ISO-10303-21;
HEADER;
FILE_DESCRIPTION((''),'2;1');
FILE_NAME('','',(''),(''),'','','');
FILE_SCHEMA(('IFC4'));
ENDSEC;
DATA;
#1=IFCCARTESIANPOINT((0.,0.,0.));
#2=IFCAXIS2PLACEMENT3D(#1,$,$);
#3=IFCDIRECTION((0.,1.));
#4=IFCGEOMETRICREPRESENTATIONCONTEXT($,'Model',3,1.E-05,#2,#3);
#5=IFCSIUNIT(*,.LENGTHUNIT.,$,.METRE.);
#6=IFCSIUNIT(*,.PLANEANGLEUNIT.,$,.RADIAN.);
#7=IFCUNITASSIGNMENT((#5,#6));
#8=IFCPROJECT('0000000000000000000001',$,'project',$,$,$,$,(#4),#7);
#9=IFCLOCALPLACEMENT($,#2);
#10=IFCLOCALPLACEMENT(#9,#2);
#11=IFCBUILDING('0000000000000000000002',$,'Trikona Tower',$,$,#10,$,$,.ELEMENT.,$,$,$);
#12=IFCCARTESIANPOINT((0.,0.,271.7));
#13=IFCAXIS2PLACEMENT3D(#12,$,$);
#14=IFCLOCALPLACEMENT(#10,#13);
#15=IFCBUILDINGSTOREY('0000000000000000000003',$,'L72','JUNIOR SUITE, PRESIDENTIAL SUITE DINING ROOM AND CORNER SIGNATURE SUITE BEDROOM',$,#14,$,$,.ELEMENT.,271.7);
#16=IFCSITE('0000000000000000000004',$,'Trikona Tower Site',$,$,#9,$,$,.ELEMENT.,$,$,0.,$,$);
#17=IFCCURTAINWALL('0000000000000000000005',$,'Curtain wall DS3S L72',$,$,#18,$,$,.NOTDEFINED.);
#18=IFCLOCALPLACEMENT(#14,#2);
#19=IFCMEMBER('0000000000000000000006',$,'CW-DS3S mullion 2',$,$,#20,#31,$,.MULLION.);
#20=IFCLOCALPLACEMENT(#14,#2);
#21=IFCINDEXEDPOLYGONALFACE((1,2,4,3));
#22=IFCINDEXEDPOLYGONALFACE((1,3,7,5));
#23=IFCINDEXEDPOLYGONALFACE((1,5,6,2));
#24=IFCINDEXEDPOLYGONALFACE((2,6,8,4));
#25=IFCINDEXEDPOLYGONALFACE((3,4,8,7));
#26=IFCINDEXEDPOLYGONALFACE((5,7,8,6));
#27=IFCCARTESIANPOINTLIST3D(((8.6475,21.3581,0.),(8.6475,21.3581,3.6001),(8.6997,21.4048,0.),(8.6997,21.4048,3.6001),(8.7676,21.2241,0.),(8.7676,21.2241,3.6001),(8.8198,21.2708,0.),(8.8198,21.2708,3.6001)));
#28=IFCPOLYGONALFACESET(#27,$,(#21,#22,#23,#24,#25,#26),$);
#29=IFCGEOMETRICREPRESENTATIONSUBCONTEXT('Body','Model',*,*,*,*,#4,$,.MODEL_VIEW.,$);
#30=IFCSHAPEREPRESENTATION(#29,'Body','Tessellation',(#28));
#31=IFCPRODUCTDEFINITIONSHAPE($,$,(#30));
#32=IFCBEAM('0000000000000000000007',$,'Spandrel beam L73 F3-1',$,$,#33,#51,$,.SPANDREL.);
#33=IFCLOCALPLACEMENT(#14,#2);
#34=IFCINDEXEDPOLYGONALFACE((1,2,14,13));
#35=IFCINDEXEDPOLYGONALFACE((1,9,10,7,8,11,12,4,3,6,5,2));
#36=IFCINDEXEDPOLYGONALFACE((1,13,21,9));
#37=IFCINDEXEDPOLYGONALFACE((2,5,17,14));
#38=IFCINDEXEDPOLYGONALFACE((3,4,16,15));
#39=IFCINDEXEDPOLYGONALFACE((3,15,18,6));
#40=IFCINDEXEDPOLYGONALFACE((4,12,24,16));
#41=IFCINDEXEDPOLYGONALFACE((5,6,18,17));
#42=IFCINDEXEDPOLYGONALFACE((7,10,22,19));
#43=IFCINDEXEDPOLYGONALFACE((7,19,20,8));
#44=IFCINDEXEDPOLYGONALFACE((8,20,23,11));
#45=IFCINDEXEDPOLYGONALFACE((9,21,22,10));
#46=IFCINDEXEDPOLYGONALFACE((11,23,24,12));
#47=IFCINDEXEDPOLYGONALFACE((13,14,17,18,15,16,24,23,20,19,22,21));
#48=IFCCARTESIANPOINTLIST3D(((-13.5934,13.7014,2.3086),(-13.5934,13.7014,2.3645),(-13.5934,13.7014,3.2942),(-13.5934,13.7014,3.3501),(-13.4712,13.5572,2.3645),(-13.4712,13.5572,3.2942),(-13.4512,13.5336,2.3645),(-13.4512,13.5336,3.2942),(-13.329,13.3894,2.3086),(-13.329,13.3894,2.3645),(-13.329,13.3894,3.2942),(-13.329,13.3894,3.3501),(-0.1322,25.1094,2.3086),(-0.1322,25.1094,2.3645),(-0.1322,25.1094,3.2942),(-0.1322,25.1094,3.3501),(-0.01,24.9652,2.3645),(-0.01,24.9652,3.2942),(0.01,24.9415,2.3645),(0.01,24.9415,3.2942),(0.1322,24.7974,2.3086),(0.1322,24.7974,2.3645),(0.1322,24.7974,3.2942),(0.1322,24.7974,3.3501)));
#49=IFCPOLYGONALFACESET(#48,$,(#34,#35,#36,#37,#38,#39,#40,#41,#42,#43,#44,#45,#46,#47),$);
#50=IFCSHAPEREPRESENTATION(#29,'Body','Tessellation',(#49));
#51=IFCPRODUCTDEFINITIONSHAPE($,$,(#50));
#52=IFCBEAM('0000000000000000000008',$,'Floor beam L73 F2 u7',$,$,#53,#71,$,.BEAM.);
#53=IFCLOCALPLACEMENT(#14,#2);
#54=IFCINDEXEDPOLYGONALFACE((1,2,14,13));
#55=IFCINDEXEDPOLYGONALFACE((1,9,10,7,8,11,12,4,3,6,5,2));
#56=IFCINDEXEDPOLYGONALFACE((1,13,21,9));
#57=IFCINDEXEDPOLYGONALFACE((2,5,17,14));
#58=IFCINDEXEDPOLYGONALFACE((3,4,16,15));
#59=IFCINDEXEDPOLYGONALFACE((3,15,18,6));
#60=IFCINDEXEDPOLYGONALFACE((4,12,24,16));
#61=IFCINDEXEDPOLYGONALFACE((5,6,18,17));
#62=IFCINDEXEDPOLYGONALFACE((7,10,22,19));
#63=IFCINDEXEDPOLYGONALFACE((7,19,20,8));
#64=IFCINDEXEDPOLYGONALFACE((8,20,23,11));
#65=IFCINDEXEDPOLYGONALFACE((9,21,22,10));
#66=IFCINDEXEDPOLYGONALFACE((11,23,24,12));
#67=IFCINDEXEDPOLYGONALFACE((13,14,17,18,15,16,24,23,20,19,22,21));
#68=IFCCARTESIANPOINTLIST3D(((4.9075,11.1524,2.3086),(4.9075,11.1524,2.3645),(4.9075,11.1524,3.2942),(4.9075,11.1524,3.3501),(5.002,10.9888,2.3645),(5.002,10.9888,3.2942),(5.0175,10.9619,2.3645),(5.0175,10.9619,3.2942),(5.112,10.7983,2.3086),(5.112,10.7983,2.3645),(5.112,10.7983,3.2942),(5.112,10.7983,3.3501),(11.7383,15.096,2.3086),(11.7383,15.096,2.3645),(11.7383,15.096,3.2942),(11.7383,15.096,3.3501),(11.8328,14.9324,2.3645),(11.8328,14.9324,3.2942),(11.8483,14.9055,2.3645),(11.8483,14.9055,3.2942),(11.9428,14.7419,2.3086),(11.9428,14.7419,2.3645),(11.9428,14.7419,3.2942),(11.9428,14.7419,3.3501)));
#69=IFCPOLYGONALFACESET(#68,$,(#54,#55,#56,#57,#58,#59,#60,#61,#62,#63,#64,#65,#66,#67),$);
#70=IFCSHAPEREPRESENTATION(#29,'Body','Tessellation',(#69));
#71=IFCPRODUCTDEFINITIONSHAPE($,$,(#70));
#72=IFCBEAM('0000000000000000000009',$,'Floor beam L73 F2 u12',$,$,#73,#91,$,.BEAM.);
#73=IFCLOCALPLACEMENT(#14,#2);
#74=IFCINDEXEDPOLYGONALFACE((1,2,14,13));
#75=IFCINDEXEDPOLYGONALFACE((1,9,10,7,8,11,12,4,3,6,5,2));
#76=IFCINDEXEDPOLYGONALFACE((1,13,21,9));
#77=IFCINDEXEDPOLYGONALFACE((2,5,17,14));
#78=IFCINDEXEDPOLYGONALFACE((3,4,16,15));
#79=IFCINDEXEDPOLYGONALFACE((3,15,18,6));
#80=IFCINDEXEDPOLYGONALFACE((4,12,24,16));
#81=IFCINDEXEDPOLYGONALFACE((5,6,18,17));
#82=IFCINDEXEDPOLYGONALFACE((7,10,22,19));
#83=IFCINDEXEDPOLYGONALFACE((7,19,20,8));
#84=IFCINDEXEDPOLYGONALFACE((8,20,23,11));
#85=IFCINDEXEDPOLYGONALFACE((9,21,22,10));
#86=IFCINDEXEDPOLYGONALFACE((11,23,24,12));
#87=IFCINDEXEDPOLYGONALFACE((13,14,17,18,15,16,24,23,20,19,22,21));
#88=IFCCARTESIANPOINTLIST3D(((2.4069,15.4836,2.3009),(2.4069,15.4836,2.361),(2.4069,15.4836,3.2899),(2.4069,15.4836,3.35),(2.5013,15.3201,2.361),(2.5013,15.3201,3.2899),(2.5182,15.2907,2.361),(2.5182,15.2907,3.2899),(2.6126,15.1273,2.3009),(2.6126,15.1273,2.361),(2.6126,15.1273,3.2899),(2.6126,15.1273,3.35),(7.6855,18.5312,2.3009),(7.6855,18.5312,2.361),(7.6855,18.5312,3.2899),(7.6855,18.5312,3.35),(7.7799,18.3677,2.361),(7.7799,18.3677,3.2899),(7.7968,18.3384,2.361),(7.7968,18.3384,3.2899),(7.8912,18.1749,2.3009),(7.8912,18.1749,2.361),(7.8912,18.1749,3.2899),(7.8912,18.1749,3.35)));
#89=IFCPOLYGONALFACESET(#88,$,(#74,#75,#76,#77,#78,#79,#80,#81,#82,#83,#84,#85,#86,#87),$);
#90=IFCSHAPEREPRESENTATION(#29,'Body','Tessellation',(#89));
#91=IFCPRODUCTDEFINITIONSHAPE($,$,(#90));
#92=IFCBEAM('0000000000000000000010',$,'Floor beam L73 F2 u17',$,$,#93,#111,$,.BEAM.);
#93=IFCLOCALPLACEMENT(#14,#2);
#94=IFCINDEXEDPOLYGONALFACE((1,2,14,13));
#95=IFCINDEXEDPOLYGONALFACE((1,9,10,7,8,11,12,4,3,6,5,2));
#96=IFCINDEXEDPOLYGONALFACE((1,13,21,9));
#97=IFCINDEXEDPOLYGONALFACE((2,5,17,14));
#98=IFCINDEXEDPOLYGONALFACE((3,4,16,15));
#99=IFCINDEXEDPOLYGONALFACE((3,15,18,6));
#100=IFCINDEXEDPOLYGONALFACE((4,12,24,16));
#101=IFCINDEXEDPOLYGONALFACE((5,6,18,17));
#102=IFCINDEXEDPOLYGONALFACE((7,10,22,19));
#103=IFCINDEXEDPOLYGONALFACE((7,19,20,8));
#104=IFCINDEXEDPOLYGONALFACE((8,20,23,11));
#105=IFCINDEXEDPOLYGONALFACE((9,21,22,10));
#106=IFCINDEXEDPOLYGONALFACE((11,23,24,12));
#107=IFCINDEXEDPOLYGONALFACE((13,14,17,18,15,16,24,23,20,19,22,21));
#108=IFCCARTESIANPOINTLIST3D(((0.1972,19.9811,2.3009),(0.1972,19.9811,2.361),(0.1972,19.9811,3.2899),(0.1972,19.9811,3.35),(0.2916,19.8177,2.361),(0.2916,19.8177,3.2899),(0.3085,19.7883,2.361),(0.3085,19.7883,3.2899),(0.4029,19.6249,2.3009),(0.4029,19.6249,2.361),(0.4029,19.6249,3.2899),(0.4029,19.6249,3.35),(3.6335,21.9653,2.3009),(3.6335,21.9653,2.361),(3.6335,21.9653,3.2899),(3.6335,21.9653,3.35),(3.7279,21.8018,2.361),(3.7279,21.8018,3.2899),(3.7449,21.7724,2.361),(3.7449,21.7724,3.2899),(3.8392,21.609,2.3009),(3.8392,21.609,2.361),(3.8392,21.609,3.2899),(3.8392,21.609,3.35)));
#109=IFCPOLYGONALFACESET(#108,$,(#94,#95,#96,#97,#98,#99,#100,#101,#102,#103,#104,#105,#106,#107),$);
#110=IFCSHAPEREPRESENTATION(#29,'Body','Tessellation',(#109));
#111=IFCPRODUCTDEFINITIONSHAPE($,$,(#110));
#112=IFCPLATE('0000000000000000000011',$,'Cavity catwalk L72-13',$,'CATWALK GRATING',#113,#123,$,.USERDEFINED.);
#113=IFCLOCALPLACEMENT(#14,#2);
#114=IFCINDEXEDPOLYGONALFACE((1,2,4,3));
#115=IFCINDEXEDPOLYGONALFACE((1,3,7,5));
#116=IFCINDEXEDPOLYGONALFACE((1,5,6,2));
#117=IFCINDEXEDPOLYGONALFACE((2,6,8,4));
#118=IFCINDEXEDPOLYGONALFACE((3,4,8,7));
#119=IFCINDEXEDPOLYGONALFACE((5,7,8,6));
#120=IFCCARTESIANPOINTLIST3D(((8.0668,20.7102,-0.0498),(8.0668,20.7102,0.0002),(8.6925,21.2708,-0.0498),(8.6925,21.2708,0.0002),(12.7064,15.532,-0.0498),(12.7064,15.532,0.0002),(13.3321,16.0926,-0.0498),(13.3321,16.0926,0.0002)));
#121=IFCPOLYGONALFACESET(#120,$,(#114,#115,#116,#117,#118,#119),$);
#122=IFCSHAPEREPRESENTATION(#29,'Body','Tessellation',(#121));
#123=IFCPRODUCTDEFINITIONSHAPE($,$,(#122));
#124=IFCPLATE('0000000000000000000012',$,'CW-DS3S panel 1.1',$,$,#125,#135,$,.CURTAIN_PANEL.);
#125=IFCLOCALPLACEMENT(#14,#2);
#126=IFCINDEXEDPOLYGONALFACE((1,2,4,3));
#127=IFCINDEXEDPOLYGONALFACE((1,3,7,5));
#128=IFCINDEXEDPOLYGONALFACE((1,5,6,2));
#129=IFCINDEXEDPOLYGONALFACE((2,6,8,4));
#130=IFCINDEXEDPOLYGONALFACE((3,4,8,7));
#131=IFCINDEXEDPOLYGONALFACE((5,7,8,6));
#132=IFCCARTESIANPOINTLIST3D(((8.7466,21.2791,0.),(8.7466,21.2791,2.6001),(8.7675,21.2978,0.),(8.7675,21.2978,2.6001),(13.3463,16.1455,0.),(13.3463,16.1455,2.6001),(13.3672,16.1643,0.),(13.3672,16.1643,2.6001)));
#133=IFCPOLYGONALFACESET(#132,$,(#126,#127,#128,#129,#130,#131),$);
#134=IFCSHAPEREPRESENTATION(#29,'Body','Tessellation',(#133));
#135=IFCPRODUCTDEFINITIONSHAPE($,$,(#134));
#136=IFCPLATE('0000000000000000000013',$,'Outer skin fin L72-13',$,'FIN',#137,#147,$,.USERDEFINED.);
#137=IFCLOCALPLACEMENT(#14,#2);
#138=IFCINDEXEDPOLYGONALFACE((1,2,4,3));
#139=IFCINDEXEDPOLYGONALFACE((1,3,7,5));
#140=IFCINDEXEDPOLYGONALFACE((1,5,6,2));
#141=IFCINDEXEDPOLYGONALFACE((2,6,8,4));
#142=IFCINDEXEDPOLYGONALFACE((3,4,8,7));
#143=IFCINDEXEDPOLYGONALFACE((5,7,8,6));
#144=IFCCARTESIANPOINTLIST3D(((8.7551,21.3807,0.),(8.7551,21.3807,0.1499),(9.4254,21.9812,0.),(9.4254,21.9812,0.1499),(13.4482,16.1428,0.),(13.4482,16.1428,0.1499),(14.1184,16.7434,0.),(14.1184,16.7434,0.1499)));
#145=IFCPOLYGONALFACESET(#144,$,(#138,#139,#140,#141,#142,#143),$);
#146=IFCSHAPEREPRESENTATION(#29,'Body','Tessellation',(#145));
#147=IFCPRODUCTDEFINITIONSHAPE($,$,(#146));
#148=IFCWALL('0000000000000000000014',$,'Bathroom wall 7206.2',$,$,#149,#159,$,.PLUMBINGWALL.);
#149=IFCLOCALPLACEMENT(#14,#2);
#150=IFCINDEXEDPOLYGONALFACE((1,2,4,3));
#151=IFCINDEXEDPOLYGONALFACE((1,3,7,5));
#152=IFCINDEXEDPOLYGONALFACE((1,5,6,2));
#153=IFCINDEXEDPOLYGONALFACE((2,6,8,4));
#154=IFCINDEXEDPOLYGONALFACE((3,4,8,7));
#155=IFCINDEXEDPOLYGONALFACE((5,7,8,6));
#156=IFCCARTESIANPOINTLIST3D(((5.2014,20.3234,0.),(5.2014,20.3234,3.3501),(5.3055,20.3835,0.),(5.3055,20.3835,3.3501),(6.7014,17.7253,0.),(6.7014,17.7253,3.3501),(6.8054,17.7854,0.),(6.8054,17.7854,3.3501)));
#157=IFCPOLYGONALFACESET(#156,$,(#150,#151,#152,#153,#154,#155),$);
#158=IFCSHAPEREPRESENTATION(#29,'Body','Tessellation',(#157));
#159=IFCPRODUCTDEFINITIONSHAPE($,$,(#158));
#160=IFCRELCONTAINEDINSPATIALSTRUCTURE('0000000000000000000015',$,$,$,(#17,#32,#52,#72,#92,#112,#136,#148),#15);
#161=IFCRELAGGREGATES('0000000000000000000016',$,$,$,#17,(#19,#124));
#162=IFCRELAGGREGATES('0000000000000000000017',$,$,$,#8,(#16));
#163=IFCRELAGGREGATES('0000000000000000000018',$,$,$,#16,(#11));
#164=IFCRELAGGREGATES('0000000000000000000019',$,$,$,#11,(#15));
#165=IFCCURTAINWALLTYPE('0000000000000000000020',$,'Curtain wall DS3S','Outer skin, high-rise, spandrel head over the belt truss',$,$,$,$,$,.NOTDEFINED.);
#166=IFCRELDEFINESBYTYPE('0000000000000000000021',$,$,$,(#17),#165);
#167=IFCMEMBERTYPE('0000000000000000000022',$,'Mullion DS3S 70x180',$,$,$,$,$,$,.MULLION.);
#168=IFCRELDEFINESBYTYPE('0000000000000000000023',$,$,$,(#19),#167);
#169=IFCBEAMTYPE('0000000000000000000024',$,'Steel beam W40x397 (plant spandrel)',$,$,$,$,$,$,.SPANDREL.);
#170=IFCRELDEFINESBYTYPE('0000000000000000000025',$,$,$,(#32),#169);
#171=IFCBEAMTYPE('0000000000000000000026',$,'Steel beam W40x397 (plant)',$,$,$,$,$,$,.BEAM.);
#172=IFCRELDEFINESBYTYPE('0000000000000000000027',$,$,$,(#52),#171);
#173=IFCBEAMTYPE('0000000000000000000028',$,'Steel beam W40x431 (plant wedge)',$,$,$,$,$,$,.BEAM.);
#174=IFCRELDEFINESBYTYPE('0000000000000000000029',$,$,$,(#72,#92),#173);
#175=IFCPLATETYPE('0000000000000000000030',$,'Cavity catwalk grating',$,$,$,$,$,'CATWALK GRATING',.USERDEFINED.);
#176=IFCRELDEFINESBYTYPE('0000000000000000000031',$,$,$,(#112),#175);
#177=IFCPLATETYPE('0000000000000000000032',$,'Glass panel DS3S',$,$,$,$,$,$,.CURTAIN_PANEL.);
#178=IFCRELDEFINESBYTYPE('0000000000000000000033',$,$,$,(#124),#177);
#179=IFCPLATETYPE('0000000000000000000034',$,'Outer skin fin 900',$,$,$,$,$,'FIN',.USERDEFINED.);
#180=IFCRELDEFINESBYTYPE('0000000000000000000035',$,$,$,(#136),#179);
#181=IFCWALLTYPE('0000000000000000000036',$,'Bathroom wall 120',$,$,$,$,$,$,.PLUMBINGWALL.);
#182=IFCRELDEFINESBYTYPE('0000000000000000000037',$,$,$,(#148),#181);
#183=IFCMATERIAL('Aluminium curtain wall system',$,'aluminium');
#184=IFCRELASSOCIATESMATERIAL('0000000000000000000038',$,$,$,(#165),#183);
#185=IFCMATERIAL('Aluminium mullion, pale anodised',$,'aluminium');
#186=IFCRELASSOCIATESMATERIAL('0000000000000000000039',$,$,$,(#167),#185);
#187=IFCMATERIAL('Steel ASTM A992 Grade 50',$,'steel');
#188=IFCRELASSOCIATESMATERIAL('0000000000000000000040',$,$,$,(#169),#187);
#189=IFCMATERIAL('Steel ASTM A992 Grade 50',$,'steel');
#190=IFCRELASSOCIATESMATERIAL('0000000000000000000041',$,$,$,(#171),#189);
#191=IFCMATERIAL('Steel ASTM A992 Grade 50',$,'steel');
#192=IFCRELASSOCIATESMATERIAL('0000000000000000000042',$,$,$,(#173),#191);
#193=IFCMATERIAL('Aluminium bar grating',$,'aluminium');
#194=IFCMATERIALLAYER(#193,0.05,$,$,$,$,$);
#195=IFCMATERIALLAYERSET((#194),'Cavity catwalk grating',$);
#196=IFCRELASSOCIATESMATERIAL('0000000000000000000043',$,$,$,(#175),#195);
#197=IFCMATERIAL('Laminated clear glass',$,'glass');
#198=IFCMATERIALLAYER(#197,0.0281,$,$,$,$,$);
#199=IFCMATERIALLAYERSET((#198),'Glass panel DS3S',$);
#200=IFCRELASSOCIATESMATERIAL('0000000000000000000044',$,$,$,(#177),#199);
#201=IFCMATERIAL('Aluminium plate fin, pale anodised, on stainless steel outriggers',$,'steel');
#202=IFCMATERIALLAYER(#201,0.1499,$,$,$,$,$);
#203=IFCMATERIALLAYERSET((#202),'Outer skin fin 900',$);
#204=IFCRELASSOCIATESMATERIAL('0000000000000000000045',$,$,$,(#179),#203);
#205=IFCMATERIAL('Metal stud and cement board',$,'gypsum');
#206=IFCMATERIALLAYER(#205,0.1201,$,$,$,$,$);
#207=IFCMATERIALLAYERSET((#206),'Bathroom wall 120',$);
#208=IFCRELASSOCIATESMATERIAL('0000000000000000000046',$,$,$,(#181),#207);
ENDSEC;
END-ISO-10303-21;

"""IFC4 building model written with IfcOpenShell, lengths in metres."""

from ifc_helpers import new_model, si_unit, direction, frame, frame_2d, origin, origin_2d, place, context, subcontext, project, spatial, rectangle, i_section, extrude, material, layer, layer_set, material_profile, profile_set, type_object, element, aggregate, save


model = new_model("IFC4")

# Units and contexts
model_context = context("Model", 3, precision=1e-05, world=origin(), true_north=direction((0.0, 1.0)))
body_context = subcontext(model_context, "Body", "Model", "MODEL_VIEW")
ifc_project = project(units=[si_unit("LENGTHUNIT", "METRE"), si_unit("PLANEANGLEUNIT", "RADIAN")], contexts=[model_context])

# Site, building, storey
site_placement = place(None, origin())
site = spatial("IfcSite", under=ifc_project, at=site_placement, Name="Trikona Tower Site", CompositionType="ELEMENT", RefElevation=0.0)
building_placement = place(site_placement, origin())
building = spatial("IfcBuilding", under=site, at=building_placement, Name="Trikona Tower", CompositionType="ELEMENT")
storey_placement = place(building_placement, frame((0.0, 0.0, 271.7)))
storey = spatial("IfcBuildingStorey", under=building, at=storey_placement, Name="L72", Description="JUNIOR SUITE, PRESIDENTIAL SUITE DINING ROOM AND CORNER SIGNATURE SUITE BEDROOM", CompositionType="ELEMENT", Elevation=271.7)

# Curtain wall, member
ifc_material_1 = material(Name="Aluminium curtain wall system", Category="aluminium")
curtain_wall_type = type_object("IfcCurtainWallType", Name="Curtain wall DS3S", Description="Outer skin, high-rise, spandrel head over the belt truss", PredefinedType="NOTDEFINED", material=ifc_material_1)
curtain_wall_placement = place(storey_placement, origin())
curtain_wall = element("IfcCurtainWall", 1, at=curtain_wall_placement, inside=storey, type_object=curtain_wall_type, Name="Curtain wall DS3S L72", PredefinedType="NOTDEFINED")
ifc_material_2 = material(Name="Aluminium mullion, pale anodised", Category="aluminium")
ifc_material_profile_1 = material_profile(ifc_material_2, rectangle(XDim=0.0701, YDim=0.1799, at=origin_2d()), Name="MUL-DS3S")
ifc_profile_set_1 = profile_set([ifc_material_profile_1], Name="Aluminium mullion, pale anodised")
member_type = type_object("IfcMemberType", Name="Mullion DS3S 70x180", PredefinedType="MULLION", material=ifc_profile_set_1)
member_placement = place(storey_placement, frame((8.7336, 21.3145, 0.0), z_axis=(0.0, 0.0, 1.0), x_axis=(-0.744771, -0.66732, 0.0)))
member = element("IfcMember", 2, at=member_placement, type_object=member_type, Name="CW-DS3S mullion 2", PredefinedType="MULLION", context=body_context, shape_type="SweptSolid", body=[
    extrude(rectangle(XDim=0.0701, YDim=0.1799, at=origin_2d()), origin(), (0.0, 0.0, 1.0), 3.6001),
])

# Beams
ifc_material_3 = material(Name="Steel ASTM A992 Grade 50", Category="steel")
ifc_material_profile_2 = material_profile(ifc_material_3, i_section(OverallWidth=0.4089, OverallDepth=1.0415, WebThickness=0.031, FlangeThickness=0.0559, at=origin_2d()), Name="W40X397")
ifc_profile_set_2 = profile_set([ifc_material_profile_2], Name="Steel ASTM A992 Grade 50")
beam_type_1 = type_object("IfcBeamType", Name="Steel beam W40x397 (plant spandrel)", PredefinedType="SPANDREL", material=ifc_profile_set_2)
beam_1_placement = place(storey_placement, frame((0.0, 24.9534, 2.8293), z_axis=(-0.762891, -0.646528, 0.0), x_axis=(0.646528, -0.762891, 0.0)))
element("IfcBeam", 3, at=beam_1_placement, inside=storey, type_object=beam_type_1, Name="Spandrel beam L73 F3-1", PredefinedType="SPANDREL", context=body_context, shape_type="SweptSolid", body=[
    extrude(i_section(OverallWidth=0.4089, OverallDepth=1.0415, WebThickness=0.031, FlangeThickness=0.0559, at=origin_2d()), origin(), (0.0, 0.0, 1.0), 17.645),
])
ifc_material_4 = material(Name="Steel ASTM A992 Grade 50", Category="steel")
ifc_material_profile_3 = material_profile(ifc_material_4, i_section(OverallWidth=0.4089, OverallDepth=1.0415, WebThickness=0.031, FlangeThickness=0.0559, at=origin_2d()), Name="W40X397")
ifc_profile_set_3 = profile_set([ifc_material_profile_3], Name="Steel ASTM A992 Grade 50")
beam_type_2 = type_object("IfcBeamType", Name="Steel beam W40x397 (plant)", PredefinedType="BEAM", material=ifc_profile_set_3)
beam_2_placement = place(storey_placement, frame((5.0098, 10.9753, 2.8293), z_axis=(0.866035, 0.499984, 0.0), x_axis=(-0.499984, 0.866035, 0.0)))
element("IfcBeam", 4, at=beam_2_placement, inside=storey, type_object=beam_type_2, Name="Floor beam L73 F2 u7", PredefinedType="BEAM", context=body_context, shape_type="SweptSolid", body=[
    extrude(i_section(OverallWidth=0.4089, OverallDepth=1.0415, WebThickness=0.031, FlangeThickness=0.0559, at=origin_2d()), origin(), (0.0, 0.0, 1.0), 7.8875),
])
ifc_material_5 = material(Name="Steel ASTM A992 Grade 50", Category="steel")
ifc_material_profile_4 = material_profile(ifc_material_5, i_section(OverallWidth=0.4114, OverallDepth=1.0491, WebThickness=0.0339, FlangeThickness=0.0601, at=origin_2d()), Name="W40X431")
ifc_profile_set_4 = profile_set([ifc_material_profile_4], Name="Steel ASTM A992 Grade 50")
beam_type_3 = type_object("IfcBeamType", Name="Steel beam W40x431 (plant wedge)", PredefinedType="BEAM", material=ifc_profile_set_4)
beam_3_placement = place(storey_placement, frame((2.5098, 15.3054, 2.8254), z_axis=(0.866023, 0.500003, 0.0), x_axis=(-0.500003, 0.866023, 0.0)))
element("IfcBeam", 5, at=beam_3_placement, inside=storey, type_object=beam_type_3, Name="Floor beam L73 F2 u12", PredefinedType="BEAM", context=body_context, shape_type="SweptSolid", body=[
    extrude(i_section(OverallWidth=0.4114, OverallDepth=1.0491, WebThickness=0.0339, FlangeThickness=0.0601, at=origin_2d()), origin(), (0.0, 0.0, 1.0), 6.0952),
])
beam_4_placement = place(storey_placement, frame((0.3, 19.803, 2.8254), z_axis=(0.866004, 0.500037, 0.0), x_axis=(-0.500037, 0.866004, 0.0)))
element("IfcBeam", 6, at=beam_4_placement, inside=storey, type_object=beam_type_3, Name="Floor beam L73 F2 u17", PredefinedType="BEAM", context=body_context, shape_type="SweptSolid", body=[
    extrude(i_section(OverallWidth=0.4114, OverallDepth=1.0491, WebThickness=0.0339, FlangeThickness=0.0601, at=origin_2d()), origin(), (0.0, 0.0, 1.0), 3.968),
])

# Plates
ifc_material_6 = material(Name="Aluminium bar grating", Category="aluminium")
ifc_layer_1 = layer(ifc_material_6, 0.05)
ifc_layer_set_1 = layer_set([ifc_layer_1], Name="Cavity catwalk grating")
plate_type_1 = type_object("IfcPlateType", Name="Cavity catwalk grating", ElementType="CATWALK GRATING", PredefinedType="USERDEFINED", material=ifc_layer_set_1)
plate_1_placement = place(storey_placement, frame((10.6995, 18.4014, -0.0498), z_axis=(0.0, 0.0, 1.0), x_axis=(-0.667311, 0.744779, 0.0)))
element("IfcPlate", 7, at=plate_1_placement, inside=storey, type_object=plate_type_1, Name="Cavity catwalk L72-13", ObjectType="CATWALK GRATING", PredefinedType="USERDEFINED", context=body_context, shape_type="SweptSolid", body=[
    extrude(rectangle(XDim=6.9526, YDim=0.8401, at=origin_2d()), origin(), (0.0, 0.0, 1.0), 0.05),
])
ifc_material_7 = material(Name="Laminated clear glass", Category="glass")
ifc_layer_2 = layer(ifc_material_7, 0.0281)
ifc_layer_set_2 = layer_set([ifc_layer_2], Name="Glass panel DS3S")
plate_type_2 = type_object("IfcPlateType", Name="Glass panel DS3S", PredefinedType="CURTAIN_PANEL", material=ifc_layer_set_2)
plate_2_placement = place(storey_placement, frame((11.0569, 18.7217, 0.0), z_axis=(0.0, 0.0, 1.0), x_axis=(-0.66732, 0.744771, 0.0)))
plate_2 = element("IfcPlate", 8, at=plate_2_placement, type_object=plate_type_2, Name="CW-DS3S panel 1.1", PredefinedType="CURTAIN_PANEL", context=body_context, shape_type="SweptSolid", body=[
    extrude(rectangle(XDim=6.8928, YDim=0.0281, at=origin_2d()), origin(), (0.0, 0.0, 1.0), 2.6001),
])
aggregate(curtain_wall, [member, plate_2])
ifc_material_8 = material(Name="Aluminium plate fin, pale anodised, on stainless steel outriggers", Category="steel")
ifc_layer_3 = layer(ifc_material_8, 0.1499)
ifc_layer_set_3 = layer_set([ifc_layer_3], Name="Outer skin fin 900")
plate_type_3 = type_object("IfcPlateType", Name="Outer skin fin 900", ElementType="FIN", PredefinedType="USERDEFINED", material=ifc_layer_set_3)
plate_3_placement = place(storey_placement, frame((11.4368, 19.062, 0.0), z_axis=(0.0, 0.0, 1.0), x_axis=(-0.667311, 0.744779, 0.0)))
element("IfcPlate", 9, at=plate_3_placement, inside=storey, type_object=plate_type_3, Name="Outer skin fin L72-13", ObjectType="FIN", PredefinedType="USERDEFINED", context=body_context, shape_type="SweptSolid", body=[
    extrude(rectangle(XDim=7.0327, YDim=0.8999, at=origin_2d()), origin(), (0.0, 0.0, 1.0), 0.1499),
])

# Wall
ifc_material_9 = material(Name="Metal stud and cement board", Category="gypsum")
ifc_layer_4 = layer(ifc_material_9, 0.1201)
ifc_layer_set_4 = layer_set([ifc_layer_4], Name="Bathroom wall 120")
wall_type_1 = type_object("IfcWallType", Name="Bathroom wall 120", PredefinedType="PLUMBINGWALL", material=ifc_layer_set_4)
wall_1_placement = place(storey_placement, frame((6.7534, 17.7554, 0.0), z_axis=(0.0, 0.0, 1.0), x_axis=(-0.49999, 0.866031, 0.0)))
element("IfcWall", 10, at=wall_1_placement, inside=storey, type_object=wall_type_1, Name="Bathroom wall 7206.2", PredefinedType="PLUMBINGWALL", context=body_context, shape_type="SweptSolid", body=[
    extrude(rectangle(XDim=3.0, YDim=0.1201, at=frame_2d((1.5, 0.0))), origin(), (0.0, 0.0, 1.0), 3.3501),
])

save(model, "model.ifc")
